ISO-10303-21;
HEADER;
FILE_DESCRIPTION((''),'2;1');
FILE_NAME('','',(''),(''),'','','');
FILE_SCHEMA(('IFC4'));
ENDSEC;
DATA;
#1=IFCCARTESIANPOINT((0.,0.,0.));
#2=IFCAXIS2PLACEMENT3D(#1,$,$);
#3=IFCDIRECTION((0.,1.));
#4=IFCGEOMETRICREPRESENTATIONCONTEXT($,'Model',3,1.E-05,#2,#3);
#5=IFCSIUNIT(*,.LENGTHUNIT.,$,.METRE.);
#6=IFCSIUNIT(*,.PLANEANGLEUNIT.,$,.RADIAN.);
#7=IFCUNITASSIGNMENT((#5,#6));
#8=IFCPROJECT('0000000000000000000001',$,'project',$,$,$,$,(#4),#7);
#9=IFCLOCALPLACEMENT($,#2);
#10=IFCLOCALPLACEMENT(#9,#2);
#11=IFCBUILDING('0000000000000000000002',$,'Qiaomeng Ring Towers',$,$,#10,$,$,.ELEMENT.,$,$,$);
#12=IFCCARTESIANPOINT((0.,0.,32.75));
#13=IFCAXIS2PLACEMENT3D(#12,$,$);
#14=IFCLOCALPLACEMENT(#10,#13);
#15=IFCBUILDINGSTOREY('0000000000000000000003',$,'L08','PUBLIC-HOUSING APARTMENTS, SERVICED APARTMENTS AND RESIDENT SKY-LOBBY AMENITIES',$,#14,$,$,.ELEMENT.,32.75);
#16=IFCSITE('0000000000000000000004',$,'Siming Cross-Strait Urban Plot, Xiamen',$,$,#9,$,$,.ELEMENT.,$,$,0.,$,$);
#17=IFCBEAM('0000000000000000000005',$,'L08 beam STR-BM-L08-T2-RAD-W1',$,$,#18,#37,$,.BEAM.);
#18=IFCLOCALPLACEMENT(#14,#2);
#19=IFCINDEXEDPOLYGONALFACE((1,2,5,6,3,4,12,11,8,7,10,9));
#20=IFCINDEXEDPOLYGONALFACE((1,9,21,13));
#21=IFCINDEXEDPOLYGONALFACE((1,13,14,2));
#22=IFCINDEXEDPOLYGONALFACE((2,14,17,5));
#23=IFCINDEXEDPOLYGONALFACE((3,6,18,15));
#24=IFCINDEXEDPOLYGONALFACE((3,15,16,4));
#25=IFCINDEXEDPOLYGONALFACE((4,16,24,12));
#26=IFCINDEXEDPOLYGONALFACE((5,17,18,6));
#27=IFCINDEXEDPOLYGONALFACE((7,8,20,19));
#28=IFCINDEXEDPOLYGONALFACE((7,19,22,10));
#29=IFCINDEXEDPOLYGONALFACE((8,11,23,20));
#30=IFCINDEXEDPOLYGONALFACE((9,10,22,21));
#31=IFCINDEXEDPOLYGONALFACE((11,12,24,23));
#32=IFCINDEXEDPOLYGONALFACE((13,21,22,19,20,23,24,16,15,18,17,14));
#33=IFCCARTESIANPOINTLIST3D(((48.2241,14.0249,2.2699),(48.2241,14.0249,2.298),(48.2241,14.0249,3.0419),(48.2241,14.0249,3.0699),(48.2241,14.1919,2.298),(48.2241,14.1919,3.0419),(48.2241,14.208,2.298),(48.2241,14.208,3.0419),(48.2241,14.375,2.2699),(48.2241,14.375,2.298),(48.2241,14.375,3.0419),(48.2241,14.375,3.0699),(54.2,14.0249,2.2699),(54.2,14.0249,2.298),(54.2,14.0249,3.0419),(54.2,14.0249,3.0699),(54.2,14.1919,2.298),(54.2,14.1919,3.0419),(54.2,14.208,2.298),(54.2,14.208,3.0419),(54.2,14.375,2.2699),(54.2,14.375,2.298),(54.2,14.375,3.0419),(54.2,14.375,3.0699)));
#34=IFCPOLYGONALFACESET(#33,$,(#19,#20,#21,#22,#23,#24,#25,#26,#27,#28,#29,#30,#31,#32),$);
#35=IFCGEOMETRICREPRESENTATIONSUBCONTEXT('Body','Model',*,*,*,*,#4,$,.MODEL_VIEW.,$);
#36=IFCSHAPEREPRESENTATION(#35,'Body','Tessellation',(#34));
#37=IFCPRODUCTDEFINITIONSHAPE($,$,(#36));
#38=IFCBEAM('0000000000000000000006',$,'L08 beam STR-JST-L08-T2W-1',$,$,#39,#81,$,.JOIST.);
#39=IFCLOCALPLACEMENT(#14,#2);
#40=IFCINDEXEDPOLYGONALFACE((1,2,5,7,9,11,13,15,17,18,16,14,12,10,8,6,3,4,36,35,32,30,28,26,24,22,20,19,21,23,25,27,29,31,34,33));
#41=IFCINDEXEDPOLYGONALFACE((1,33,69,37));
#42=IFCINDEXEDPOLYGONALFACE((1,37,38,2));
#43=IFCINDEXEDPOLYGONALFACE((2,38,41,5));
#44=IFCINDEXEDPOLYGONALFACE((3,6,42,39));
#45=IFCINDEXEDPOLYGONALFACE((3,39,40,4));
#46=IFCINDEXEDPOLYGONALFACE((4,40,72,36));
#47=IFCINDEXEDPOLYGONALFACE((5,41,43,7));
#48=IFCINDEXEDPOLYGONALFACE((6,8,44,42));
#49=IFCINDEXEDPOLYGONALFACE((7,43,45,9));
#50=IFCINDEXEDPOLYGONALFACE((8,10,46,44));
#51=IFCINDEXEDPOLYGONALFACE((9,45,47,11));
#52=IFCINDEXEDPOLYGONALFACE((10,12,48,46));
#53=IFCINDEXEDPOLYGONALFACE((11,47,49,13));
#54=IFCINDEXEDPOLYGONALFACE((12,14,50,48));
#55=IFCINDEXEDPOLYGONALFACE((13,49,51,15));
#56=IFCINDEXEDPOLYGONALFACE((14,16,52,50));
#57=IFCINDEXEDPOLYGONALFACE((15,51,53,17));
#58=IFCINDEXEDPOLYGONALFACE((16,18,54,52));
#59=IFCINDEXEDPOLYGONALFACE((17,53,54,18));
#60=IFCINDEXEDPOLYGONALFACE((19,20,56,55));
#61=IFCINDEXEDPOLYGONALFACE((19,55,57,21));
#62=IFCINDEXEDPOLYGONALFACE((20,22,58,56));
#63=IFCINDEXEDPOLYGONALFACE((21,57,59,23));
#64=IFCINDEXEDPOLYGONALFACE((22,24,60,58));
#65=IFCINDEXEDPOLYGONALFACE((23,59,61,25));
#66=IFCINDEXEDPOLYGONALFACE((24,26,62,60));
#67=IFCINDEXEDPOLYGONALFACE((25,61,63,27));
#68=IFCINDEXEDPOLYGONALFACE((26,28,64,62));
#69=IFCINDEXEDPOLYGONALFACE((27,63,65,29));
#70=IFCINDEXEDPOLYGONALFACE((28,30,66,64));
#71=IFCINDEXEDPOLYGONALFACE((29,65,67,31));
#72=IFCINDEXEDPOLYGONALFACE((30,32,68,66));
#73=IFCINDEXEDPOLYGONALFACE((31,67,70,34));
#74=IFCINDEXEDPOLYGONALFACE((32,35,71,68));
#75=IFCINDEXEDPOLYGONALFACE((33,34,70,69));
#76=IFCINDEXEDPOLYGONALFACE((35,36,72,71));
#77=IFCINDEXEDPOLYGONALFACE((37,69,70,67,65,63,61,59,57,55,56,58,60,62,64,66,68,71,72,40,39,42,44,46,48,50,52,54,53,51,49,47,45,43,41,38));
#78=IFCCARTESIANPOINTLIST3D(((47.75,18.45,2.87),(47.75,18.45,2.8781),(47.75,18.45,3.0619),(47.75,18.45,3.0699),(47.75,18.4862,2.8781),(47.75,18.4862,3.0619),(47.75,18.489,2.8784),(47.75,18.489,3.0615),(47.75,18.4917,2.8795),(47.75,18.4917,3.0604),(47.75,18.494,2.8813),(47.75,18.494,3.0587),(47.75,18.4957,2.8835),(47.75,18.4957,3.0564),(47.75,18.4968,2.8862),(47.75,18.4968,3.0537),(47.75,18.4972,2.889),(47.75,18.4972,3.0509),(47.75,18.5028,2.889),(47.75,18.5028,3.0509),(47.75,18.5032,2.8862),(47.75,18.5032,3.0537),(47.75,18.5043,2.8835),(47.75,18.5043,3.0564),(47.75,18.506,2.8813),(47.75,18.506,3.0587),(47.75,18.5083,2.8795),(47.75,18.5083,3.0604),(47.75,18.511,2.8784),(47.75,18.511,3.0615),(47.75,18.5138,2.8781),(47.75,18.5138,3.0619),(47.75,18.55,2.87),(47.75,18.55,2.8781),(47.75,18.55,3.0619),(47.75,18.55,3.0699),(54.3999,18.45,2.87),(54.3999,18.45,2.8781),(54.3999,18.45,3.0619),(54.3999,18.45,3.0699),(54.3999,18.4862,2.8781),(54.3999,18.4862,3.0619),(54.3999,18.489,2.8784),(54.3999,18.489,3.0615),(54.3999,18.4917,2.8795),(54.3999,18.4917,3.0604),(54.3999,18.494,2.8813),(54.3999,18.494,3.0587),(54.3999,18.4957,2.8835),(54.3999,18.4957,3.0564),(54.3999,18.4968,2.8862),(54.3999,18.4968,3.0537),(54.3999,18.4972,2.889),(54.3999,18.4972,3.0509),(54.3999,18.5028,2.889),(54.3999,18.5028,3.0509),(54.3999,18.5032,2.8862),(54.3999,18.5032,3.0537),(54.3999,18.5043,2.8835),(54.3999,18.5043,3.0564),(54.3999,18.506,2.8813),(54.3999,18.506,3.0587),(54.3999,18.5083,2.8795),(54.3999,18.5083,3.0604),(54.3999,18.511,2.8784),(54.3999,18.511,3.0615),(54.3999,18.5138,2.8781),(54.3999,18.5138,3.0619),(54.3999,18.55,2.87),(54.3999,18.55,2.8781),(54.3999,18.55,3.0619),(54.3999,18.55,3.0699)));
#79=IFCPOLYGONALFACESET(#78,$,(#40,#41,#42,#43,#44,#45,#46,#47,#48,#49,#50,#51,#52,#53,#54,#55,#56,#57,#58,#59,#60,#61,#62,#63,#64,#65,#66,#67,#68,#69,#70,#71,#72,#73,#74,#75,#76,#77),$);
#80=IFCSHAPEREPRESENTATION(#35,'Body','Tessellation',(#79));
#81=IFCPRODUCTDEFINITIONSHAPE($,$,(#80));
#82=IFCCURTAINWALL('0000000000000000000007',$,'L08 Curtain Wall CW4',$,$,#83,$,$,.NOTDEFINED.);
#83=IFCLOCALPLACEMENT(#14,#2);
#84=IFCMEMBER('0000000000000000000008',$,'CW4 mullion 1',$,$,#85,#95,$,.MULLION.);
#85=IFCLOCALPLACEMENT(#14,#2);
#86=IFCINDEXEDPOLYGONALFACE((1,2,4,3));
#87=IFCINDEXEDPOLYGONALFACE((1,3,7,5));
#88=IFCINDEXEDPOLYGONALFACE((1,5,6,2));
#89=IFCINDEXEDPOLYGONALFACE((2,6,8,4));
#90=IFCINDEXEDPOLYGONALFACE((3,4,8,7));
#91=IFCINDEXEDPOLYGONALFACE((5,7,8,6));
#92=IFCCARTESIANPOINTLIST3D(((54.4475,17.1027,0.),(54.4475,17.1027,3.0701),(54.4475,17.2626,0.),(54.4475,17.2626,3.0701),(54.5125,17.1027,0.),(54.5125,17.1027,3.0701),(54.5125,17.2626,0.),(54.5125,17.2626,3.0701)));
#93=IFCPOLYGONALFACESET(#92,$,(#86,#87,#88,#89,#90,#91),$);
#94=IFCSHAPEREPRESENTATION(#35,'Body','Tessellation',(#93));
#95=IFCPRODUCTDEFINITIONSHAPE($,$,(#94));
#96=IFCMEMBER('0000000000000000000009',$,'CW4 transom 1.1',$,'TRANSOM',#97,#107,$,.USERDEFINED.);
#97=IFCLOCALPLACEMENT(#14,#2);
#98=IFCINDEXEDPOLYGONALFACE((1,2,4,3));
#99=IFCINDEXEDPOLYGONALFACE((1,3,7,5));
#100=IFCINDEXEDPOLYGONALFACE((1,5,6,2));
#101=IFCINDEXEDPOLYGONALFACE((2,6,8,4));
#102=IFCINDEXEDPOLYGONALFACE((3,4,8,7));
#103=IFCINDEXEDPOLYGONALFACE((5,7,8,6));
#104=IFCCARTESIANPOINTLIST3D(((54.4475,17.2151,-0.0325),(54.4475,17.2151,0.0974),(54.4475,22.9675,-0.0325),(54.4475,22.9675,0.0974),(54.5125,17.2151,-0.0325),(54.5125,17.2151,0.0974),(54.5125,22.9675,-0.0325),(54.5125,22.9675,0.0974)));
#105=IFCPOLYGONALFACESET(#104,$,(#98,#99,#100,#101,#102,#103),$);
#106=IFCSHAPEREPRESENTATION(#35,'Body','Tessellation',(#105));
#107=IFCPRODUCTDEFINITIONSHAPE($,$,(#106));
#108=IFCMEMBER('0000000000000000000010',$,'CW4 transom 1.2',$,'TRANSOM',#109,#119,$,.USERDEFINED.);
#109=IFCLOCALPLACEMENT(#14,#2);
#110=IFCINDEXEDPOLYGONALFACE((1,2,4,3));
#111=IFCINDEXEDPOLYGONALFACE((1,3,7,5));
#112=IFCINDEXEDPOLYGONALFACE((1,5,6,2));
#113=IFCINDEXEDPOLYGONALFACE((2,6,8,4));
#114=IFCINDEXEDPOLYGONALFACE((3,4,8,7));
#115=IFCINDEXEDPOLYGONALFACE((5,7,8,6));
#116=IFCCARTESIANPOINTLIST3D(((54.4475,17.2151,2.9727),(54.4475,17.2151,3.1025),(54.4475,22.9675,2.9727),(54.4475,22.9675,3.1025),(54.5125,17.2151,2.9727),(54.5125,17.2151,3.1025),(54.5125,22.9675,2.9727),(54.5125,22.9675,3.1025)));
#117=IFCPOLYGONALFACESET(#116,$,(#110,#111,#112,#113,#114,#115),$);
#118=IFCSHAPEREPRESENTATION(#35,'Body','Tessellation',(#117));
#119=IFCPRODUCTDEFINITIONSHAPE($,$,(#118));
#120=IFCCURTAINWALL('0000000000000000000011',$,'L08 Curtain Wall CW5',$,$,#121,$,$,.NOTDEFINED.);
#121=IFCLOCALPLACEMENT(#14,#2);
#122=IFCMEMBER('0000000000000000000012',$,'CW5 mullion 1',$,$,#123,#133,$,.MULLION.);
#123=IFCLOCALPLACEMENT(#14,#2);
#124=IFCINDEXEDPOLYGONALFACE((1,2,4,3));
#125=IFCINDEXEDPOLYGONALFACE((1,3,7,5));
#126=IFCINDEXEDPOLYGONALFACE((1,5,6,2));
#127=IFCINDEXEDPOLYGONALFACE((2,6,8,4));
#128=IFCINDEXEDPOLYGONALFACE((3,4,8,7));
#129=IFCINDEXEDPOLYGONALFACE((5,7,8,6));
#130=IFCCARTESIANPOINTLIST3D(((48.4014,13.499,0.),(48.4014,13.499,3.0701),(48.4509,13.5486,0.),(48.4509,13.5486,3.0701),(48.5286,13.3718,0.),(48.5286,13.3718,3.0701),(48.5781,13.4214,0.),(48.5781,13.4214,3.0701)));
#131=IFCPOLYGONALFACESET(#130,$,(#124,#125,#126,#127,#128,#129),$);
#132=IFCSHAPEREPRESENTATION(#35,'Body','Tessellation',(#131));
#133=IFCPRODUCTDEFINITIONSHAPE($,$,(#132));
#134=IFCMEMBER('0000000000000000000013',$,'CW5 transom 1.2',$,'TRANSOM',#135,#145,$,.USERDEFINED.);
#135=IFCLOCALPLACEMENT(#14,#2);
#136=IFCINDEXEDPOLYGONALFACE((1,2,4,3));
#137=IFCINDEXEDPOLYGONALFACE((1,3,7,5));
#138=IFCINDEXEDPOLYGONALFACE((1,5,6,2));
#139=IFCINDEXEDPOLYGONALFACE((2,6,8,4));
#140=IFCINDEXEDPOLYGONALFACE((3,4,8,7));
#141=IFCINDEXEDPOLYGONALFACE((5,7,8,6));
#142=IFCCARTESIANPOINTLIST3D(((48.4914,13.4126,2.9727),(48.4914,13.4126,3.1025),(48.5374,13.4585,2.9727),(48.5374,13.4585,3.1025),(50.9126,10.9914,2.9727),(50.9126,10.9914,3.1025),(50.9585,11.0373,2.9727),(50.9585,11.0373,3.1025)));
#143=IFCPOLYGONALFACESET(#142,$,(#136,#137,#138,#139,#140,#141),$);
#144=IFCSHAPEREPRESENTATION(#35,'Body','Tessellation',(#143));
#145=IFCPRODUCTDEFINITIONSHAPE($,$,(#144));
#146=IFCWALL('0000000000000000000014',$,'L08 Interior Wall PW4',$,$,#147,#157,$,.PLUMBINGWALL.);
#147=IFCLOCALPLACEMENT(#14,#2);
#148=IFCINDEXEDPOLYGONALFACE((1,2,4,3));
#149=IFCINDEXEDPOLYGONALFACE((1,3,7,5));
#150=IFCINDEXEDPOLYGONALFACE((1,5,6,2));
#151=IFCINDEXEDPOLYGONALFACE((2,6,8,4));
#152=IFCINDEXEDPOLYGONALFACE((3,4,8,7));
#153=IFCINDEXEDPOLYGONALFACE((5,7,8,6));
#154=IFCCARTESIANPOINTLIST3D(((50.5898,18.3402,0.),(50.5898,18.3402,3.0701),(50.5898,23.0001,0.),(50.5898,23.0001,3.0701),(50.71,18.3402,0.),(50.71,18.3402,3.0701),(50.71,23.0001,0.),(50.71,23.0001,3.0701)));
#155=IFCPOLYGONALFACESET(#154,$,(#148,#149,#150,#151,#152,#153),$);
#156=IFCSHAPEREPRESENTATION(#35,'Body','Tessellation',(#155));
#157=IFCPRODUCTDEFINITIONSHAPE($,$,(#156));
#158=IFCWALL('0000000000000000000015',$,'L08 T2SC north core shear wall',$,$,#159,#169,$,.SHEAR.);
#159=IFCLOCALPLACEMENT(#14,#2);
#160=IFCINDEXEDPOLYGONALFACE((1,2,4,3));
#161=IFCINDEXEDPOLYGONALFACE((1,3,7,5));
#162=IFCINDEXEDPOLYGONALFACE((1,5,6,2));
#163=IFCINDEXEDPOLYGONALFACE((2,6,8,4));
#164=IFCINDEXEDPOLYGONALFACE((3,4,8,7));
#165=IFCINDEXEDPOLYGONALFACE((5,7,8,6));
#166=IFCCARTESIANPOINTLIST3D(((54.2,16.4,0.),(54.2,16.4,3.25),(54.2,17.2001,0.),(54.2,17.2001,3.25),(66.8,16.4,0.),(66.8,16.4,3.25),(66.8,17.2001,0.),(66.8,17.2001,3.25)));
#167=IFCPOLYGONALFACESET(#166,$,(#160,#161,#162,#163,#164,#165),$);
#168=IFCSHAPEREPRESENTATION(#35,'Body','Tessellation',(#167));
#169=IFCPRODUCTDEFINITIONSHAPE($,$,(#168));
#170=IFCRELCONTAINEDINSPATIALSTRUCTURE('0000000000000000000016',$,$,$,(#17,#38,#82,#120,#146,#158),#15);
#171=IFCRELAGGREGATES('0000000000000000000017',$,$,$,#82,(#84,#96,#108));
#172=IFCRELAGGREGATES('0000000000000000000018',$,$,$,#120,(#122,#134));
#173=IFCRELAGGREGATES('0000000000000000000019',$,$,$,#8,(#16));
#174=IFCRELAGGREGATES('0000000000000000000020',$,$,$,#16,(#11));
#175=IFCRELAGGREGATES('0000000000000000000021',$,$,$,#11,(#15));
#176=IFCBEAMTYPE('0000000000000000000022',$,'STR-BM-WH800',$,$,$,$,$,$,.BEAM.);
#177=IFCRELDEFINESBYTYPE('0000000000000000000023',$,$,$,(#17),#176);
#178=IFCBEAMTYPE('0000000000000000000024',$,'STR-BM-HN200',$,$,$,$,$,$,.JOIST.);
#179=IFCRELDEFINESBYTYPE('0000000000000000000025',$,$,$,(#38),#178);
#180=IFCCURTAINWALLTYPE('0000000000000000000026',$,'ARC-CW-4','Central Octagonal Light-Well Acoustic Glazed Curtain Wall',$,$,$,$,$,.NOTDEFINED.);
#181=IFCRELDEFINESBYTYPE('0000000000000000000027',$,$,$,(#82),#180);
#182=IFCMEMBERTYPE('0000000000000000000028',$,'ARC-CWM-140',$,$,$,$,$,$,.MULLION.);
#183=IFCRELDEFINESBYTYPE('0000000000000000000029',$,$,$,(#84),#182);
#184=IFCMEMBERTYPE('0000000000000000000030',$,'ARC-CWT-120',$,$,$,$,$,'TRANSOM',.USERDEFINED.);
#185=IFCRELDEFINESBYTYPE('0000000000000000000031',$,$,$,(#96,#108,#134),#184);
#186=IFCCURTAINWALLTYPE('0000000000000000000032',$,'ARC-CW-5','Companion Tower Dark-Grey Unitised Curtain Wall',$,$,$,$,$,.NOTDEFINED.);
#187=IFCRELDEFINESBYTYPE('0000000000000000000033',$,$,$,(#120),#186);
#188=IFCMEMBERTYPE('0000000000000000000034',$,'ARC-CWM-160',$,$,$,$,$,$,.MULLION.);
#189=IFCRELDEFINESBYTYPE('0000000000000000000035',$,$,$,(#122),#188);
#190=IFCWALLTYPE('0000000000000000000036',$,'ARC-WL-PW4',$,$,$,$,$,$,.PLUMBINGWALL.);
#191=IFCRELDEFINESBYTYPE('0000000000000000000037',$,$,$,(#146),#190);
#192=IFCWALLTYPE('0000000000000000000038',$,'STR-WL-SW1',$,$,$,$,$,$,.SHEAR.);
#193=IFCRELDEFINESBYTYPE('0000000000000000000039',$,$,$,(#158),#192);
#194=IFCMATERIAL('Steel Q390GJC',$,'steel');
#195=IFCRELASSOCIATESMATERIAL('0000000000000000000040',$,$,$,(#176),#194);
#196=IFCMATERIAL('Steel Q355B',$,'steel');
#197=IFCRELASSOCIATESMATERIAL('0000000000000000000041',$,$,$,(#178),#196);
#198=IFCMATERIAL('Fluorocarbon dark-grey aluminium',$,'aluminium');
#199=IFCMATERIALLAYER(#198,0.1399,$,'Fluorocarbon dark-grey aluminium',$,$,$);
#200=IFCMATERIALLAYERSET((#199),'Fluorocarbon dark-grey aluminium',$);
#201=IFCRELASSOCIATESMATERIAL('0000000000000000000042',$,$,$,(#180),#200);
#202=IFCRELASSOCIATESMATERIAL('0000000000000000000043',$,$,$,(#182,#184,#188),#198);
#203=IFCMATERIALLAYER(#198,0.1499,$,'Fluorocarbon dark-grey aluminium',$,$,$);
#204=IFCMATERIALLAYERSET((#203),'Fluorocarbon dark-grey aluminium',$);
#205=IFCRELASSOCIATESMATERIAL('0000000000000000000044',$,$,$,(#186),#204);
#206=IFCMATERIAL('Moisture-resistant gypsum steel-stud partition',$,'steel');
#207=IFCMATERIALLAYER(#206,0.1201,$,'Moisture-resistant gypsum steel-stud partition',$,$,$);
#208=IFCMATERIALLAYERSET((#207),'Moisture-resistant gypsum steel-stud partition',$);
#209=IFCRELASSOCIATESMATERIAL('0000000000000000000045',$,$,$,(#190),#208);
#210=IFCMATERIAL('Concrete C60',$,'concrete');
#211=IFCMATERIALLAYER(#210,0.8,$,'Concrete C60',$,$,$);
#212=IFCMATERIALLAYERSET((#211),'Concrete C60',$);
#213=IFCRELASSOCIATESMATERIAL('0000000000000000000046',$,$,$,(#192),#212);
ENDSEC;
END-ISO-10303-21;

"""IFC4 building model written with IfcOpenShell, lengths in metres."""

from ifc_helpers import new_model, si_unit, direction, frame, frame_2d, origin, origin_2d, place, context, subcontext, project, spatial, rectangle, i_section, extrude, source, transform, mapped, material, layer, layer_set, material_profile, profile_set, type_object, element, aggregate, save


model = new_model("IFC4")

# Units and contexts
model_context = context("Model", 3, precision=1e-05, world=origin(), true_north=direction((0.0, 1.0)))
body_context = subcontext(model_context, "Body", "Model", "MODEL_VIEW")
ifc_project = project(units=[si_unit("LENGTHUNIT", "METRE"), si_unit("PLANEANGLEUNIT", "RADIAN")], contexts=[model_context])

# Site, building, storey
site_placement = place(None, origin())
site = spatial("IfcSite", under=ifc_project, at=site_placement, Name="Siming Cross-Strait Urban Plot, Xiamen", CompositionType="ELEMENT", RefElevation=0.0)
building_placement = place(site_placement, origin())
building = spatial("IfcBuilding", under=site, at=building_placement, Name="Qiaomeng Ring Towers", CompositionType="ELEMENT")
storey_placement = place(building_placement, frame((0.0, 0.0, 32.75)))
storey = spatial("IfcBuildingStorey", under=building, at=storey_placement, Name="L08", Description="PUBLIC-HOUSING APARTMENTS, SERVICED APARTMENTS AND RESIDENT SKY-LOBBY AMENITIES", CompositionType="ELEMENT", Elevation=32.75)

# Shared definitions
ifc_material_1 = material(Name="Concrete C60", Category="concrete")

# Beams
ifc_material_2 = material(Name="Steel Q355B", Category="steel")
ifc_material_3 = material(Name="Steel Q390GJC", Category="steel")
ifc_material_profile_1 = material_profile(ifc_material_3, i_section(OverallWidth=0.3501, OverallDepth=0.8, WebThickness=0.0161, FlangeThickness=0.0281, at=origin_2d()), Name="WH 800x350x16x28")
ifc_profile_set_1 = profile_set([ifc_material_profile_1], Name="Steel Q390GJC")
beam_type_1 = type_object("IfcBeamType", Name="STR-BM-WH800", PredefinedType="BEAM", material=ifc_profile_set_1)
shared_shape_1 = source(origin(), body_context, "Body", "SweptSolid", [
    extrude(i_section(OverallWidth=0.3501, OverallDepth=0.8, WebThickness=0.0161, FlangeThickness=0.0281, at=origin_2d()), origin(), (0.0, 0.0, 1.0), 5.9758),
])
beam_1_placement = place(storey_placement, frame((48.2241, 14.2, 2.6699), z_axis=(1.0, 0.0, 0.0), x_axis=(0.0, 1.0, 0.0)))
element("IfcBeam", 1, at=beam_1_placement, inside=storey, type_object=beam_type_1, Name="L08 beam STR-BM-L08-T2-RAD-W1", PredefinedType="BEAM", context=body_context, shape_type="MappedRepresentation", body=[
    mapped(shared_shape_1, transform((0.0, 0.0, 0.0), x_axis=(1.0, 0.0, 0.0), y_axis=(0.0, 1.0, 0.0), z_axis=(0.0, 0.0, 1.0), scale=1.0)),
])
ifc_material_profile_2 = material_profile(ifc_material_2, i_section(OverallWidth=0.1001, OverallDepth=0.2, WebThickness=0.0056, FlangeThickness=0.0081, FilletRadius=0.011, at=origin_2d()), Name="HN 200x100x5.5x8")
ifc_profile_set_2 = profile_set([ifc_material_profile_2], Name="Steel Q355B")
beam_type_2 = type_object("IfcBeamType", Name="STR-BM-HN200", PredefinedType="JOIST", material=ifc_profile_set_2)
shared_shape_2 = source(origin(), body_context, "Body", "SweptSolid", [
    extrude(i_section(OverallWidth=0.1001, OverallDepth=0.2, WebThickness=0.0056, FlangeThickness=0.0081, FilletRadius=0.011, at=origin_2d()), origin(), (0.0, 0.0, 1.0), 6.6499),
])
beam_2_placement = place(storey_placement, frame((47.75, 18.5, 2.97), z_axis=(1.0, 0.0, 0.0), x_axis=(0.0, 1.0, 0.0)))
element("IfcBeam", 2, at=beam_2_placement, inside=storey, type_object=beam_type_2, Name="L08 beam STR-JST-L08-T2W-1", PredefinedType="JOIST", context=body_context, shape_type="MappedRepresentation", body=[
    mapped(shared_shape_2, transform((0.0, 0.0, 0.0), x_axis=(1.0, 0.0, 0.0), y_axis=(0.0, 1.0, 0.0), z_axis=(0.0, 0.0, 1.0), scale=1.0)),
])

# Curtain walls, members
ifc_material_4 = material(Name="Fluorocarbon dark-grey aluminium", Category="aluminium")
ifc_layer_1 = layer(ifc_material_4, 0.1399, Name="Fluorocarbon dark-grey aluminium")
ifc_layer_set_1 = layer_set([ifc_layer_1], Name="Fluorocarbon dark-grey aluminium")
curtain_wall_type_1 = type_object("IfcCurtainWallType", Name="ARC-CW-4", Description="Central Octagonal Light-Well Acoustic Glazed Curtain Wall", PredefinedType="NOTDEFINED", material=ifc_layer_set_1)
curtain_wall_1_placement = place(storey_placement, origin())
curtain_wall_1 = element("IfcCurtainWall", 3, at=curtain_wall_1_placement, inside=storey, type_object=curtain_wall_type_1, Name="L08 Curtain Wall CW4", PredefinedType="NOTDEFINED")
ifc_material_profile_3 = material_profile(ifc_material_4, rectangle(XDim=0.0649, YDim=0.1599, at=origin_2d()), Name="ALU MULL 65x160")
ifc_profile_set_3 = profile_set([ifc_material_profile_3], Name="Fluorocarbon dark-grey aluminium")
member_type_1 = type_object("IfcMemberType", Name="ARC-CWM-140", PredefinedType="MULLION", material=ifc_profile_set_3)
shared_shape_3 = source(origin(), body_context, "Body", "SweptSolid", [
    extrude(rectangle(XDim=0.0649, YDim=0.1599, at=origin_2d()), origin(), (0.0, 0.0, 1.0), 3.0701),
])
member_1_placement = place(storey_placement, frame((54.48, 17.1826, 0.0), z_axis=(0.0, 0.0, 1.0), x_axis=(-1.0, 0.0, 0.0)))
member_1 = element("IfcMember", 4, at=member_1_placement, type_object=member_type_1, Name="CW4 mullion 1", PredefinedType="MULLION", context=body_context, shape_type="MappedRepresentation", body=[
    mapped(shared_shape_3, transform((0.0, 0.0, 0.0), x_axis=(1.0, 0.0, 0.0), y_axis=(0.0, 1.0, 0.0), z_axis=(0.0, 0.0, 1.0), scale=1.0)),
])
ifc_material_profile_4 = material_profile(ifc_material_4, rectangle(XDim=0.0649, YDim=0.1299, at=origin_2d()), Name="ALU TRAN 65x130")
ifc_profile_set_4 = profile_set([ifc_material_profile_4], Name="Fluorocarbon dark-grey aluminium")
member_type_2 = type_object("IfcMemberType", Name="ARC-CWT-120", ElementType="TRANSOM", PredefinedType="USERDEFINED", material=ifc_profile_set_4)
shared_shape_4 = source(origin(), body_context, "Body", "SweptSolid", [
    extrude(rectangle(XDim=0.0649, YDim=0.1299, at=origin_2d()), origin(), (0.0, 0.0, 1.0), 5.7524),
])
member_2_placement = place(storey_placement, frame((54.48, 17.2151, 0.0325), z_axis=(0.0, 1.0, 0.0), x_axis=(-1.0, 0.0, 0.0)))
member_2 = element("IfcMember", 5, at=member_2_placement, type_object=member_type_2, Name="CW4 transom 1.1", ObjectType="TRANSOM", PredefinedType="USERDEFINED", context=body_context, shape_type="MappedRepresentation", body=[
    mapped(shared_shape_4, transform((0.0, 0.0, 0.0), x_axis=(1.0, 0.0, 0.0), y_axis=(0.0, 1.0, 0.0), z_axis=(0.0, 0.0, 1.0), scale=1.0)),
])
member_3_placement = place(storey_placement, frame((54.48, 17.2151, 3.0376), z_axis=(0.0, 1.0, 0.0), x_axis=(-1.0, 0.0, 0.0)))
member_3 = element("IfcMember", 6, at=member_3_placement, type_object=member_type_2, Name="CW4 transom 1.2", ObjectType="TRANSOM", PredefinedType="USERDEFINED", context=body_context, shape_type="MappedRepresentation", body=[
    mapped(shared_shape_4, transform((0.0, 0.0, 0.0), x_axis=(1.0, 0.0, 0.0), y_axis=(0.0, 1.0, 0.0), z_axis=(0.0, 0.0, 1.0), scale=1.0)),
])
aggregate(curtain_wall_1, [member_1, member_2, member_3])
ifc_layer_2 = layer(ifc_material_4, 0.1499, Name="Fluorocarbon dark-grey aluminium")
ifc_layer_set_2 = layer_set([ifc_layer_2], Name="Fluorocarbon dark-grey aluminium")
curtain_wall_type_2 = type_object("IfcCurtainWallType", Name="ARC-CW-5", Description="Companion Tower Dark-Grey Unitised Curtain Wall", PredefinedType="NOTDEFINED", material=ifc_layer_set_2)
curtain_wall_2_placement = place(storey_placement, origin())
curtain_wall_2 = element("IfcCurtainWall", 7, at=curtain_wall_2_placement, inside=storey, type_object=curtain_wall_type_2, Name="L08 Curtain Wall CW5", PredefinedType="NOTDEFINED")
ifc_material_profile_5 = material_profile(ifc_material_4, rectangle(XDim=0.0701, YDim=0.1799, at=origin_2d()), Name="ALU MULL 70x180")
ifc_profile_set_5 = profile_set([ifc_material_profile_5], Name="Fluorocarbon dark-grey aluminium")
member_type_3 = type_object("IfcMemberType", Name="ARC-CWM-160", PredefinedType="MULLION", material=ifc_profile_set_5)
shared_shape_5 = source(origin(), body_context, "Body", "SweptSolid", [
    extrude(rectangle(XDim=0.0701, YDim=0.1799, at=origin_2d()), origin(), (0.0, 0.0, 1.0), 3.0701),
])
member_4_placement = place(storey_placement, frame((48.4897, 13.4602, 0.0), z_axis=(0.0, 0.0, 1.0), x_axis=(0.707107, 0.707107, 0.0)))
member_4 = element("IfcMember", 8, at=member_4_placement, type_object=member_type_3, Name="CW5 mullion 1", PredefinedType="MULLION", context=body_context, shape_type="MappedRepresentation", body=[
    mapped(shared_shape_5, transform((0.0, 0.0, 0.0), x_axis=(1.0, 0.0, 0.0), y_axis=(0.0, 1.0, 0.0), z_axis=(0.0, 0.0, 1.0), scale=1.0)),
])
shared_shape_6 = source(origin(), body_context, "Body", "SweptSolid", [
    extrude(rectangle(XDim=0.0649, YDim=0.1299, at=origin_2d()), origin(), (0.0, 0.0, 1.0), 3.4241),
])
member_5_placement = place(storey_placement, frame((48.5144, 13.4355, 3.0376), z_axis=(0.707107, -0.707107, 0.0), x_axis=(0.707107, 0.707107, 0.0)))
member_5 = element("IfcMember", 9, at=member_5_placement, type_object=member_type_2, Name="CW5 transom 1.2", ObjectType="TRANSOM", PredefinedType="USERDEFINED", context=body_context, shape_type="MappedRepresentation", body=[
    mapped(shared_shape_6, transform((0.0, 0.0, 0.0), x_axis=(1.0, 0.0, 0.0), y_axis=(0.0, 1.0, 0.0), z_axis=(0.0, 0.0, 1.0), scale=1.0)),
])
aggregate(curtain_wall_2, [member_4, member_5])

# Walls
ifc_material_5 = material(Name="Moisture-resistant gypsum steel-stud partition", Category="steel")
ifc_layer_3 = layer(ifc_material_5, 0.1201, Name="Moisture-resistant gypsum steel-stud partition")
ifc_layer_set_3 = layer_set([ifc_layer_3], Name="Moisture-resistant gypsum steel-stud partition")
wall_type_1 = type_object("IfcWallType", Name="ARC-WL-PW4", PredefinedType="PLUMBINGWALL", material=ifc_layer_set_3)
wall_1_placement = place(storey_placement, frame((50.6499, 18.3401, 0.0), z_axis=(0.0, 0.0, 1.0), x_axis=(0.0, 1.0, 0.0)))
element("IfcWall", 10, at=wall_1_placement, inside=storey, type_object=wall_type_1, Name="L08 Interior Wall PW4", PredefinedType="PLUMBINGWALL", context=body_context, shape_type="SweptSolid", body=[
    extrude(rectangle(XDim=4.6599, YDim=0.1201, at=frame_2d((2.3301, 0.0))), origin(), (0.0, 0.0, 1.0), 3.0701),
])
ifc_layer_4 = layer(ifc_material_1, 0.8, Name="Concrete C60")
ifc_layer_set_4 = layer_set([ifc_layer_4], Name="Concrete C60")
wall_type_2 = type_object("IfcWallType", Name="STR-WL-SW1", PredefinedType="SHEAR", material=ifc_layer_set_4)
wall_2_placement = place(storey_placement, frame((54.2, 16.8, 0.0), z_axis=(0.0, 0.0, 1.0), x_axis=(1.0, 0.0, 0.0)))
element("IfcWall", 11, at=wall_2_placement, inside=storey, type_object=wall_type_2, Name="L08 T2SC north core shear wall", PredefinedType="SHEAR", context=body_context, shape_type="SweptSolid", body=[
    extrude(rectangle(XDim=12.6001, YDim=0.8, at=frame_2d((6.3, 0.0))), origin(), (0.0, 0.0, 1.0), 3.25),
])

save(model, "model.ifc")
